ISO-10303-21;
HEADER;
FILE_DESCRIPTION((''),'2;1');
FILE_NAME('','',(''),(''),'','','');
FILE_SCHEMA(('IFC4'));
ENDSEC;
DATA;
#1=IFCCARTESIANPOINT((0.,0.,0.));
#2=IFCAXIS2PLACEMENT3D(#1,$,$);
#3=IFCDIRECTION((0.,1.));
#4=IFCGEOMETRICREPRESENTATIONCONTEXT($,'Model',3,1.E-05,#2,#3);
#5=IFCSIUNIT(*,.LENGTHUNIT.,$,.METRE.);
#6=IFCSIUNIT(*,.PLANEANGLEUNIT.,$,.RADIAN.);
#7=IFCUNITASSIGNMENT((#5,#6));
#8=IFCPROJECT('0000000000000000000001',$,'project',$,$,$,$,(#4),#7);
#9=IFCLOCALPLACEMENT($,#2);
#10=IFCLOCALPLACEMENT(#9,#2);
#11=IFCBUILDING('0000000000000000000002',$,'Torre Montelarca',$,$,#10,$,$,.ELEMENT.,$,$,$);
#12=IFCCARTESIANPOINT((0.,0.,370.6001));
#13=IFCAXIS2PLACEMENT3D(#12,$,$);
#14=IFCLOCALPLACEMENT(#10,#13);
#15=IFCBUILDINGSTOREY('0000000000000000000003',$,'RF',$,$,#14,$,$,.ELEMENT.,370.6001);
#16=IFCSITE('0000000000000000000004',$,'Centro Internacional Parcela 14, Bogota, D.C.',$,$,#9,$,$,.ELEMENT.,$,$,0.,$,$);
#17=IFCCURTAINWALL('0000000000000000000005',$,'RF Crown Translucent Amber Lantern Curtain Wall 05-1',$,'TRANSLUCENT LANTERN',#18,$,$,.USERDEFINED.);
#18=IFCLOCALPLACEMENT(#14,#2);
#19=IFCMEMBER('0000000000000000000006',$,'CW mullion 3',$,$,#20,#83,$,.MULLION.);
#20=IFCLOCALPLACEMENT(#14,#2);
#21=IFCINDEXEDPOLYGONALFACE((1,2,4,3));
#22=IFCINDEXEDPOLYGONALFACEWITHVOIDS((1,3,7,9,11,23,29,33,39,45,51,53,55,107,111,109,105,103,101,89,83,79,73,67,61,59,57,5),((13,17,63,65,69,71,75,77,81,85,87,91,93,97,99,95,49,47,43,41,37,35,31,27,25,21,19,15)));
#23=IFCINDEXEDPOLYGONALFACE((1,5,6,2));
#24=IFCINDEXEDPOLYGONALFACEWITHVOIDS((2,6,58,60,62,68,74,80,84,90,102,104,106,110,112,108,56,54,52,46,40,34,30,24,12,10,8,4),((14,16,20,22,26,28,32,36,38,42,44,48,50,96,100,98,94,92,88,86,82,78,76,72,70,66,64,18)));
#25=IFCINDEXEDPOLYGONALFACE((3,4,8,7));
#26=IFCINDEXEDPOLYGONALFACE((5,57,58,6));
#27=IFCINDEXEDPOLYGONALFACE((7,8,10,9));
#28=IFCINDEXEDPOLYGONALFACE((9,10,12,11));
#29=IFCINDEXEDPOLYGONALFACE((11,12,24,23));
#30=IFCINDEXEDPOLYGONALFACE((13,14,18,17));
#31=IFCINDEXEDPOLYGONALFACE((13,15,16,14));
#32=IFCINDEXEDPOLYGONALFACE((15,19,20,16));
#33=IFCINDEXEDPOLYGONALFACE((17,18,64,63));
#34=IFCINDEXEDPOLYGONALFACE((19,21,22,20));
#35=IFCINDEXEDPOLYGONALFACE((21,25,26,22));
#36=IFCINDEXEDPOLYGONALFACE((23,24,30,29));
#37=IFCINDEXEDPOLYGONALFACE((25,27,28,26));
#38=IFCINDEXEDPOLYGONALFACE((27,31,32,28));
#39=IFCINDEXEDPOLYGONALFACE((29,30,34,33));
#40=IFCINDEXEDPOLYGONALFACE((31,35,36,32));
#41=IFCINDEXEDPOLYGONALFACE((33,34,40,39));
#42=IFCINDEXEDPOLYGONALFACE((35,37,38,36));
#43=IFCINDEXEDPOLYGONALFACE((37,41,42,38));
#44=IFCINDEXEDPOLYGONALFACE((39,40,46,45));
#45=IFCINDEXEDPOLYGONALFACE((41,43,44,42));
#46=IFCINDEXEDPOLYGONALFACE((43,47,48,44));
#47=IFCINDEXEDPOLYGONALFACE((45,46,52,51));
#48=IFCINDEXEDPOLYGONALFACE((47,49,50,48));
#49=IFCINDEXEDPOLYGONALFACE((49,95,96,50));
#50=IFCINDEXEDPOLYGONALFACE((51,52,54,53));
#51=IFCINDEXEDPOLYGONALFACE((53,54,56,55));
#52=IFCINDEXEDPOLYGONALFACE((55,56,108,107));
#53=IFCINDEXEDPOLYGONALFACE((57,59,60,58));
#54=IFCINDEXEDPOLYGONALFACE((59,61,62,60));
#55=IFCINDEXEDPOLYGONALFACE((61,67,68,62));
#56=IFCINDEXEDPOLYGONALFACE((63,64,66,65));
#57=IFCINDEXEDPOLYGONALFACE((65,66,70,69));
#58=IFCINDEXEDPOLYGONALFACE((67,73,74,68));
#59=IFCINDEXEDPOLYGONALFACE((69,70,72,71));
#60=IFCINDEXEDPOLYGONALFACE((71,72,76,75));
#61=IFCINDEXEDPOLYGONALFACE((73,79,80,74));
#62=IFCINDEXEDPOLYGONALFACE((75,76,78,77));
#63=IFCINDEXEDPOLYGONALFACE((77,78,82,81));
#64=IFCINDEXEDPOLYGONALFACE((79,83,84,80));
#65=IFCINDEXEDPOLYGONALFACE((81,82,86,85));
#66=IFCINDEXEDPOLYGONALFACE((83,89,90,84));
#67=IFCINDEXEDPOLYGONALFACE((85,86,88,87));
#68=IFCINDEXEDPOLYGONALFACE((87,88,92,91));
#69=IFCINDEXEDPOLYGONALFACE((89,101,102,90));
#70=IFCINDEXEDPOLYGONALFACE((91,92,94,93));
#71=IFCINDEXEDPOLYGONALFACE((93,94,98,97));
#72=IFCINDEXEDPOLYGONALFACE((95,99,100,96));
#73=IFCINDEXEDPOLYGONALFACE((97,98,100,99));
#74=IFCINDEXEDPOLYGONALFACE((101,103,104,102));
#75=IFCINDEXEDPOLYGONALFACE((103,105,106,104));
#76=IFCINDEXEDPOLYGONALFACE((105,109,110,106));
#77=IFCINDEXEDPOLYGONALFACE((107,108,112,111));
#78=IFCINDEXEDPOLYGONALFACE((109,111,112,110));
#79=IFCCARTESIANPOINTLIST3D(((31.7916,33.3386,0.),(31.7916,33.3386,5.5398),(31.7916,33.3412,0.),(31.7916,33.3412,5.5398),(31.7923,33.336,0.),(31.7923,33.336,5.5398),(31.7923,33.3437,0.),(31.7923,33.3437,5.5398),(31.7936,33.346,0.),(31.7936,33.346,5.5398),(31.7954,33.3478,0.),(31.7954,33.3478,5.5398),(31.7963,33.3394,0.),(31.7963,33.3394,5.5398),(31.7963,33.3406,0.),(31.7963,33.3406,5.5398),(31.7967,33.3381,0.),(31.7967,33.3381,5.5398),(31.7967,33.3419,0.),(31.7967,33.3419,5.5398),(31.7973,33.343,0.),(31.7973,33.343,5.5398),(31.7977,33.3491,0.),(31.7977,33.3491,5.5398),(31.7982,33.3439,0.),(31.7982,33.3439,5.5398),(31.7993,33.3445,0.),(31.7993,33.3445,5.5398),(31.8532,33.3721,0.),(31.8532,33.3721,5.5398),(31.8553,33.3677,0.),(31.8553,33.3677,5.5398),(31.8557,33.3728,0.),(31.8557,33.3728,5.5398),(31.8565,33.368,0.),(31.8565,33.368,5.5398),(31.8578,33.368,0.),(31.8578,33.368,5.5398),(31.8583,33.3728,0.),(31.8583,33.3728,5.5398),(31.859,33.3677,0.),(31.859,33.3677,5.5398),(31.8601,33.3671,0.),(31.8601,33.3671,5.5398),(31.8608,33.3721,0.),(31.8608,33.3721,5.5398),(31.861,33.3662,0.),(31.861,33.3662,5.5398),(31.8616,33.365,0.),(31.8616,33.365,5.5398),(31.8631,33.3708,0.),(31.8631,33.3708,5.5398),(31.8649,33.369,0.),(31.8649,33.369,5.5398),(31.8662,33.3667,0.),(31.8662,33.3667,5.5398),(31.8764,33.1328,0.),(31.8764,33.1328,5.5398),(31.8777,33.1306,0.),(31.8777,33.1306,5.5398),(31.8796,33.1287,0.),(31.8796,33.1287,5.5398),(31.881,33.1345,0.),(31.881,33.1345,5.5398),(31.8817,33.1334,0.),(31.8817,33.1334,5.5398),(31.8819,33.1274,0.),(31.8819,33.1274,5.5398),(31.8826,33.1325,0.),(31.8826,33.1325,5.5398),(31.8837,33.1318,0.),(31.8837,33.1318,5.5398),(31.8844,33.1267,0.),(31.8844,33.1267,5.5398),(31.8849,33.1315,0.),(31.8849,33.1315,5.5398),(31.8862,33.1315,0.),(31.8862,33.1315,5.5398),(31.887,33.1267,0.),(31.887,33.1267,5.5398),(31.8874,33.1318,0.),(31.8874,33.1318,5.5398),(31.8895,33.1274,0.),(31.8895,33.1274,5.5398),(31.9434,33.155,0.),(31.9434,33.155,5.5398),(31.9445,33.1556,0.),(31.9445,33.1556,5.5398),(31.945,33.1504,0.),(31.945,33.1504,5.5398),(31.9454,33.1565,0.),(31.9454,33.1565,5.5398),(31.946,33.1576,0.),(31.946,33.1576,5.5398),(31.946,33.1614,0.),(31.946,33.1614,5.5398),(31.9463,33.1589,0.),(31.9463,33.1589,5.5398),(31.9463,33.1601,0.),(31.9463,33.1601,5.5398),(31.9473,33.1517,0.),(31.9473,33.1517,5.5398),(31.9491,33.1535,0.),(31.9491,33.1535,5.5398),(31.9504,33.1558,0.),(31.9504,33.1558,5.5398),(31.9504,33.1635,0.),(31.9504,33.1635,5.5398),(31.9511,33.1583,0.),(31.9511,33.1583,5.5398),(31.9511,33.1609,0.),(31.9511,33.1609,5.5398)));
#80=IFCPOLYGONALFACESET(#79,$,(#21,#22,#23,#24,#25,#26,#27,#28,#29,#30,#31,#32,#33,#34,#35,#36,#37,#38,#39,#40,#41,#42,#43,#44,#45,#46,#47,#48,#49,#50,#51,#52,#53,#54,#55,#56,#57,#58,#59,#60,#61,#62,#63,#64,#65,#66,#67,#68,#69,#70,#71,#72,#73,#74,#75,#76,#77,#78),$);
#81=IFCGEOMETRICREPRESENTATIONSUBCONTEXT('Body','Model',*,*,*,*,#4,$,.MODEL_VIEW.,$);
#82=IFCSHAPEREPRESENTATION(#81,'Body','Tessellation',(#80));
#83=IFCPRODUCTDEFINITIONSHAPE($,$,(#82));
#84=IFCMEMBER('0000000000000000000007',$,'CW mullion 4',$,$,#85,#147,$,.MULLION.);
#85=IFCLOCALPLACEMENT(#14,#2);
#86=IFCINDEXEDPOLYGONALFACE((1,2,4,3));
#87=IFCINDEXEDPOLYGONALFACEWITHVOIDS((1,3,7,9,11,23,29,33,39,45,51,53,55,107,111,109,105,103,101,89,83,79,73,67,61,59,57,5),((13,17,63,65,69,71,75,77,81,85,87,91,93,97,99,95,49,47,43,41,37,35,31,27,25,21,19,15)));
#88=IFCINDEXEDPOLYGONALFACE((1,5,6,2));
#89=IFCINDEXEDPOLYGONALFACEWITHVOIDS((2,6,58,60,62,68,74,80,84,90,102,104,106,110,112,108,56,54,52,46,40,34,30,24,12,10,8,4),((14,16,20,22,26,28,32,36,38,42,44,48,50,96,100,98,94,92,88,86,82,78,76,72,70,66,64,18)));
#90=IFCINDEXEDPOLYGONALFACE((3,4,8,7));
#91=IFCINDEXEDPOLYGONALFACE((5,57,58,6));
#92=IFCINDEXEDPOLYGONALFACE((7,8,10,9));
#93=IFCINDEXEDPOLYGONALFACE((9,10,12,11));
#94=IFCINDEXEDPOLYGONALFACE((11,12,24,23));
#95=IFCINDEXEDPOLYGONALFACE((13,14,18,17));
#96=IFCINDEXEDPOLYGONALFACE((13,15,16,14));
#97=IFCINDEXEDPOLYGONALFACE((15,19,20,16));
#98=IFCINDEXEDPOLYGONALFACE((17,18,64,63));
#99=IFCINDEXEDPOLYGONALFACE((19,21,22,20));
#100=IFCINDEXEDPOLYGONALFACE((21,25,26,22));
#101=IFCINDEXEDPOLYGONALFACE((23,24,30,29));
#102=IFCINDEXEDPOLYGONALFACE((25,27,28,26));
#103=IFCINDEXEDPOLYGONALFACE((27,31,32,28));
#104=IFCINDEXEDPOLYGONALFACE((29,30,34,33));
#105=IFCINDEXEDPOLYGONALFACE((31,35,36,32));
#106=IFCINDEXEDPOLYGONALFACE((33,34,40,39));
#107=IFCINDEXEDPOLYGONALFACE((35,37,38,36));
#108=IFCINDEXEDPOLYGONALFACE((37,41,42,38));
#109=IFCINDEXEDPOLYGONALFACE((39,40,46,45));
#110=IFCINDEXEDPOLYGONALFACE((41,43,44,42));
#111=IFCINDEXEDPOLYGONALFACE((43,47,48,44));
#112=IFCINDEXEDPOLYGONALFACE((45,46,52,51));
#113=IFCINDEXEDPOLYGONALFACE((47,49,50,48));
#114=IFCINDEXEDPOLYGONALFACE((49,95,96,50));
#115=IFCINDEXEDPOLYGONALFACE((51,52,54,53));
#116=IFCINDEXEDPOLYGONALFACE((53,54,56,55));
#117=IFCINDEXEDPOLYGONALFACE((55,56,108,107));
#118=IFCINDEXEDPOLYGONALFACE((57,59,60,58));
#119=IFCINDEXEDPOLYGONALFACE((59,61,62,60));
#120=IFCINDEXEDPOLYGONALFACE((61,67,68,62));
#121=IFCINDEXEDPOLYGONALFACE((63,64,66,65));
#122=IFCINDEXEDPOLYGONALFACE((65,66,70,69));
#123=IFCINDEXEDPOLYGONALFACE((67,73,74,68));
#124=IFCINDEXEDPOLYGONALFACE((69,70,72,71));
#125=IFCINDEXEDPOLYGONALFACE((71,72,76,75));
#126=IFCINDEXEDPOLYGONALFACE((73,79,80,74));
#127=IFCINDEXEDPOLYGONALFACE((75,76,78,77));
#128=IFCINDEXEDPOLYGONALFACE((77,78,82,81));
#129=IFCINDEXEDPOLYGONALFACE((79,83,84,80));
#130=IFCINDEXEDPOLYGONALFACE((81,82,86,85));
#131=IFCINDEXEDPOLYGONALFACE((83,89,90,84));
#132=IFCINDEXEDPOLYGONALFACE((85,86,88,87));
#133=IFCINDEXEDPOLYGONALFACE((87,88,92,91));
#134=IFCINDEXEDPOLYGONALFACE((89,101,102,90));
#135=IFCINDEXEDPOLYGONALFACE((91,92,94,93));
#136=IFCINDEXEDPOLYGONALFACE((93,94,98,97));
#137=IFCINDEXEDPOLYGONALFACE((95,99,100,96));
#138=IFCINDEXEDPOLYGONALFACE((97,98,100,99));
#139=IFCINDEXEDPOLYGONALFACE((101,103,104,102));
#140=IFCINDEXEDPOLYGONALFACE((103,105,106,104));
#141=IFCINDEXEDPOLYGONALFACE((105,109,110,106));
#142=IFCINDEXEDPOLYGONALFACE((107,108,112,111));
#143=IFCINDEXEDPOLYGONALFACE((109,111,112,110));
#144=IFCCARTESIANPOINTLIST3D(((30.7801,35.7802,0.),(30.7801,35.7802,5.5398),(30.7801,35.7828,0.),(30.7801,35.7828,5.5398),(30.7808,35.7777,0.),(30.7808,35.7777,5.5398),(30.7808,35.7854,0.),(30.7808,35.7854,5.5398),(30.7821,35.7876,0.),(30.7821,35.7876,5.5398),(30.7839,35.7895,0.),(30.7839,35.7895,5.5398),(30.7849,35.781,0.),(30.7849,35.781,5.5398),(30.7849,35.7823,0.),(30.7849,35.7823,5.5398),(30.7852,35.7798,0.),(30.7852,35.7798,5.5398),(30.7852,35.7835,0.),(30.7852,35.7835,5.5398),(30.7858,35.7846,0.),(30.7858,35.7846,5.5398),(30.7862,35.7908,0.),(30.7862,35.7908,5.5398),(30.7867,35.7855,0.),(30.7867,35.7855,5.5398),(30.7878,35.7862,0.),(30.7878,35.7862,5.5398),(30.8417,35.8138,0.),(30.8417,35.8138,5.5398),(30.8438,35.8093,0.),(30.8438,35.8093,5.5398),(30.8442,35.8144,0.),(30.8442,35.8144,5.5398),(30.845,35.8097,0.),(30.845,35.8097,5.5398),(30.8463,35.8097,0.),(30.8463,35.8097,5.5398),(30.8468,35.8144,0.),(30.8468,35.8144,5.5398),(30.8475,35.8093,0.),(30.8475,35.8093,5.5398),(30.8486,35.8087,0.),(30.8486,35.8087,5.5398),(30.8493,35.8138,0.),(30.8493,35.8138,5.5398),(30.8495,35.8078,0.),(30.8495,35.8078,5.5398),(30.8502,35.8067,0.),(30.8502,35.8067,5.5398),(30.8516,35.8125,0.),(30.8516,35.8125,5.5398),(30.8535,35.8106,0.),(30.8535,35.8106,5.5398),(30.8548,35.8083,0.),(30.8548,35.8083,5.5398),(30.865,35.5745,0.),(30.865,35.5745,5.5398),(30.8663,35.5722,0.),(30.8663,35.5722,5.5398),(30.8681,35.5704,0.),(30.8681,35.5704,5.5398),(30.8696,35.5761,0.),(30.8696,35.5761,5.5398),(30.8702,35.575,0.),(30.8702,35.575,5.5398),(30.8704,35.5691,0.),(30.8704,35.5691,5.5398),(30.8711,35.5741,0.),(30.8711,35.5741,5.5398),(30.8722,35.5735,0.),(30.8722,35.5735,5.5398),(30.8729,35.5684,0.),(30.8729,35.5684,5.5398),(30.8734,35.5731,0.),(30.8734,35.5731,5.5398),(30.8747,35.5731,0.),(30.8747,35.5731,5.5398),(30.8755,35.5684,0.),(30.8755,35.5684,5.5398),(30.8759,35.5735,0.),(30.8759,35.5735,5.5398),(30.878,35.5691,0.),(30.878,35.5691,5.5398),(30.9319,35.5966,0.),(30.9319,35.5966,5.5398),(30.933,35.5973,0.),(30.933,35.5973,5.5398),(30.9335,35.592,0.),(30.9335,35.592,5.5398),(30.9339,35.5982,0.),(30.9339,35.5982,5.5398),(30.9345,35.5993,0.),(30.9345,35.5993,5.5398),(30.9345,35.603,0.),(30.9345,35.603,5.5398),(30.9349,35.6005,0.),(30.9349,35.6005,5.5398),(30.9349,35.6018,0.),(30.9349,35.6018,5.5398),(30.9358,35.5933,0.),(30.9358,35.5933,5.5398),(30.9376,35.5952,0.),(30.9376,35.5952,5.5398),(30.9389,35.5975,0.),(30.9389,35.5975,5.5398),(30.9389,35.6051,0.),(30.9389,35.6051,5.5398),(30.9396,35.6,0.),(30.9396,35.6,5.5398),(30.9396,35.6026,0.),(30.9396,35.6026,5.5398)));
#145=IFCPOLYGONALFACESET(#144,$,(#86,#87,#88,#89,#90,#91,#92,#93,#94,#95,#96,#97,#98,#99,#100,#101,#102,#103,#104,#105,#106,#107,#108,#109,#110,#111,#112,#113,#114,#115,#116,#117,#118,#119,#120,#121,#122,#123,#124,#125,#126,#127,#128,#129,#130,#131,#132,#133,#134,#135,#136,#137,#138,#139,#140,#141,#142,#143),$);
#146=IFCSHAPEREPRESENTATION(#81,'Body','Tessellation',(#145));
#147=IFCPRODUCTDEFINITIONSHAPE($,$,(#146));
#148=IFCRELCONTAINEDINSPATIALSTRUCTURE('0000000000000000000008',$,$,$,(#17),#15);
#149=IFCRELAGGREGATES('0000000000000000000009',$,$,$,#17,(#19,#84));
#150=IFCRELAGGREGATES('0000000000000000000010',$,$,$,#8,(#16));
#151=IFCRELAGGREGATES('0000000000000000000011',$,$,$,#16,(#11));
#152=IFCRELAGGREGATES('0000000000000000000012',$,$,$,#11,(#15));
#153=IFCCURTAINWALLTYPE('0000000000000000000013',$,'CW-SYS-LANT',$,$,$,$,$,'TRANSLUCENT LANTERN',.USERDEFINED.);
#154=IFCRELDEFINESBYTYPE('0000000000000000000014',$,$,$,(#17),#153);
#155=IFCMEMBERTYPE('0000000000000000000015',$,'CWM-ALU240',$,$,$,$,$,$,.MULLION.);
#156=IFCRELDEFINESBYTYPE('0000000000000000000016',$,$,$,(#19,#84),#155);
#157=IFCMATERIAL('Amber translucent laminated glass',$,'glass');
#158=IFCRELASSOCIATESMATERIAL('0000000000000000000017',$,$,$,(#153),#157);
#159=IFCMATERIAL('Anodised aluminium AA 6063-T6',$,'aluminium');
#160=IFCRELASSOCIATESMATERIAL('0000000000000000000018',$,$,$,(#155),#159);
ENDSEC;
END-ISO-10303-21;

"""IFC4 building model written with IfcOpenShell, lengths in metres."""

from ifc_helpers import new_model, si_unit, direction, frame, origin, origin_2d, place, context, subcontext, project, spatial, hollow_rectangle, extrude, source, transform, mapped, material, material_profile, profile_set, type_object, element, aggregate, save


model = new_model("IFC4")

# Units and contexts
model_context = context("Model", 3, precision=1e-05, world=origin(), true_north=direction((0.0, 1.0)))
body_context = subcontext(model_context, "Body", "Model", "MODEL_VIEW")
ifc_project = project(units=[si_unit("LENGTHUNIT", "METRE"), si_unit("PLANEANGLEUNIT", "RADIAN")], contexts=[model_context])

# Site, building, storey
site_placement = place(None, origin())
site = spatial("IfcSite", under=ifc_project, at=site_placement, Name="Centro Internacional Parcela 14, Bogota, D.C.", CompositionType="ELEMENT", RefElevation=0.0)
building_placement = place(site_placement, origin())
building = spatial("IfcBuilding", under=site, at=building_placement, Name="Torre Montelarca", CompositionType="ELEMENT")
storey_placement = place(building_placement, frame((0.0, 0.0, 370.6001)))
storey = spatial("IfcBuildingStorey", under=building, at=storey_placement, Name="RF", CompositionType="ELEMENT", Elevation=370.6001)

# Curtain wall, members
ifc_material_1 = material(Name="Amber translucent laminated glass", Category="glass")
curtain_wall_type = type_object("IfcCurtainWallType", Name="CW-SYS-LANT", ElementType="TRANSLUCENT LANTERN", PredefinedType="USERDEFINED", material=ifc_material_1)
curtain_wall_placement = place(storey_placement, origin())
curtain_wall = element("IfcCurtainWall", 1, at=curtain_wall_placement, inside=storey, type_object=curtain_wall_type, Name="RF Crown Translucent Amber Lantern Curtain Wall 05-1", ObjectType="TRANSLUCENT LANTERN", PredefinedType="USERDEFINED")
ifc_material_2 = material(Name="Anodised aluminium AA 6063-T6", Category="aluminium")
ifc_material_profile_1 = material_profile(ifc_material_2, hollow_rectangle(XDim=0.0801, YDim=0.24, WallThickness=0.0049, InnerFilletRadius=0.0049, OuterFilletRadius=0.01, at=origin_2d()), Name="ALU80X240X5", Category="aluminium")
ifc_profile_set_1 = profile_set([ifc_material_profile_1], Name="Anodised aluminium AA 6063-T6")
member_type_1 = type_object("IfcMemberType", Name="CWM-ALU240", PredefinedType="MULLION", material=ifc_profile_set_1)
shared_shape_1 = source(origin(), body_context, "Body", "SweptSolid", [
    extrude(hollow_rectangle(XDim=0.0801, YDim=0.24, WallThickness=0.0049, InnerFilletRadius=0.0049, OuterFilletRadius=0.01, at=origin_2d()), origin(), (0.0, 0.0, 1.0), 5.5398),
])
member_1_placement = place(storey_placement, frame((31.8713, 33.2498, 0.0), z_axis=(0.0, 0.0, 1.0), x_axis=(-0.923878, -0.382687, 0.0)))
member_1 = element("IfcMember", 2, at=member_1_placement, type_object=member_type_1, Name="CW mullion 3", PredefinedType="MULLION", context=body_context, shape_type="MappedRepresentation", body=[
    mapped(shared_shape_1, transform((0.0, 0.0, 0.0), scale=1.0)),
])
member_2_placement = place(storey_placement, frame((30.8599, 35.6914, 0.0), z_axis=(0.0, 0.0, 1.0), x_axis=(-0.923878, -0.382687, 0.0)))
member_2 = element("IfcMember", 3, at=member_2_placement, type_object=member_type_1, Name="CW mullion 4", PredefinedType="MULLION", context=body_context, shape_type="MappedRepresentation", body=[
    mapped(shared_shape_1, transform((0.0, 0.0, 0.0), scale=1.0)),
])
aggregate(curtain_wall, [member_1, member_2])

save(model, "model.ifc")
